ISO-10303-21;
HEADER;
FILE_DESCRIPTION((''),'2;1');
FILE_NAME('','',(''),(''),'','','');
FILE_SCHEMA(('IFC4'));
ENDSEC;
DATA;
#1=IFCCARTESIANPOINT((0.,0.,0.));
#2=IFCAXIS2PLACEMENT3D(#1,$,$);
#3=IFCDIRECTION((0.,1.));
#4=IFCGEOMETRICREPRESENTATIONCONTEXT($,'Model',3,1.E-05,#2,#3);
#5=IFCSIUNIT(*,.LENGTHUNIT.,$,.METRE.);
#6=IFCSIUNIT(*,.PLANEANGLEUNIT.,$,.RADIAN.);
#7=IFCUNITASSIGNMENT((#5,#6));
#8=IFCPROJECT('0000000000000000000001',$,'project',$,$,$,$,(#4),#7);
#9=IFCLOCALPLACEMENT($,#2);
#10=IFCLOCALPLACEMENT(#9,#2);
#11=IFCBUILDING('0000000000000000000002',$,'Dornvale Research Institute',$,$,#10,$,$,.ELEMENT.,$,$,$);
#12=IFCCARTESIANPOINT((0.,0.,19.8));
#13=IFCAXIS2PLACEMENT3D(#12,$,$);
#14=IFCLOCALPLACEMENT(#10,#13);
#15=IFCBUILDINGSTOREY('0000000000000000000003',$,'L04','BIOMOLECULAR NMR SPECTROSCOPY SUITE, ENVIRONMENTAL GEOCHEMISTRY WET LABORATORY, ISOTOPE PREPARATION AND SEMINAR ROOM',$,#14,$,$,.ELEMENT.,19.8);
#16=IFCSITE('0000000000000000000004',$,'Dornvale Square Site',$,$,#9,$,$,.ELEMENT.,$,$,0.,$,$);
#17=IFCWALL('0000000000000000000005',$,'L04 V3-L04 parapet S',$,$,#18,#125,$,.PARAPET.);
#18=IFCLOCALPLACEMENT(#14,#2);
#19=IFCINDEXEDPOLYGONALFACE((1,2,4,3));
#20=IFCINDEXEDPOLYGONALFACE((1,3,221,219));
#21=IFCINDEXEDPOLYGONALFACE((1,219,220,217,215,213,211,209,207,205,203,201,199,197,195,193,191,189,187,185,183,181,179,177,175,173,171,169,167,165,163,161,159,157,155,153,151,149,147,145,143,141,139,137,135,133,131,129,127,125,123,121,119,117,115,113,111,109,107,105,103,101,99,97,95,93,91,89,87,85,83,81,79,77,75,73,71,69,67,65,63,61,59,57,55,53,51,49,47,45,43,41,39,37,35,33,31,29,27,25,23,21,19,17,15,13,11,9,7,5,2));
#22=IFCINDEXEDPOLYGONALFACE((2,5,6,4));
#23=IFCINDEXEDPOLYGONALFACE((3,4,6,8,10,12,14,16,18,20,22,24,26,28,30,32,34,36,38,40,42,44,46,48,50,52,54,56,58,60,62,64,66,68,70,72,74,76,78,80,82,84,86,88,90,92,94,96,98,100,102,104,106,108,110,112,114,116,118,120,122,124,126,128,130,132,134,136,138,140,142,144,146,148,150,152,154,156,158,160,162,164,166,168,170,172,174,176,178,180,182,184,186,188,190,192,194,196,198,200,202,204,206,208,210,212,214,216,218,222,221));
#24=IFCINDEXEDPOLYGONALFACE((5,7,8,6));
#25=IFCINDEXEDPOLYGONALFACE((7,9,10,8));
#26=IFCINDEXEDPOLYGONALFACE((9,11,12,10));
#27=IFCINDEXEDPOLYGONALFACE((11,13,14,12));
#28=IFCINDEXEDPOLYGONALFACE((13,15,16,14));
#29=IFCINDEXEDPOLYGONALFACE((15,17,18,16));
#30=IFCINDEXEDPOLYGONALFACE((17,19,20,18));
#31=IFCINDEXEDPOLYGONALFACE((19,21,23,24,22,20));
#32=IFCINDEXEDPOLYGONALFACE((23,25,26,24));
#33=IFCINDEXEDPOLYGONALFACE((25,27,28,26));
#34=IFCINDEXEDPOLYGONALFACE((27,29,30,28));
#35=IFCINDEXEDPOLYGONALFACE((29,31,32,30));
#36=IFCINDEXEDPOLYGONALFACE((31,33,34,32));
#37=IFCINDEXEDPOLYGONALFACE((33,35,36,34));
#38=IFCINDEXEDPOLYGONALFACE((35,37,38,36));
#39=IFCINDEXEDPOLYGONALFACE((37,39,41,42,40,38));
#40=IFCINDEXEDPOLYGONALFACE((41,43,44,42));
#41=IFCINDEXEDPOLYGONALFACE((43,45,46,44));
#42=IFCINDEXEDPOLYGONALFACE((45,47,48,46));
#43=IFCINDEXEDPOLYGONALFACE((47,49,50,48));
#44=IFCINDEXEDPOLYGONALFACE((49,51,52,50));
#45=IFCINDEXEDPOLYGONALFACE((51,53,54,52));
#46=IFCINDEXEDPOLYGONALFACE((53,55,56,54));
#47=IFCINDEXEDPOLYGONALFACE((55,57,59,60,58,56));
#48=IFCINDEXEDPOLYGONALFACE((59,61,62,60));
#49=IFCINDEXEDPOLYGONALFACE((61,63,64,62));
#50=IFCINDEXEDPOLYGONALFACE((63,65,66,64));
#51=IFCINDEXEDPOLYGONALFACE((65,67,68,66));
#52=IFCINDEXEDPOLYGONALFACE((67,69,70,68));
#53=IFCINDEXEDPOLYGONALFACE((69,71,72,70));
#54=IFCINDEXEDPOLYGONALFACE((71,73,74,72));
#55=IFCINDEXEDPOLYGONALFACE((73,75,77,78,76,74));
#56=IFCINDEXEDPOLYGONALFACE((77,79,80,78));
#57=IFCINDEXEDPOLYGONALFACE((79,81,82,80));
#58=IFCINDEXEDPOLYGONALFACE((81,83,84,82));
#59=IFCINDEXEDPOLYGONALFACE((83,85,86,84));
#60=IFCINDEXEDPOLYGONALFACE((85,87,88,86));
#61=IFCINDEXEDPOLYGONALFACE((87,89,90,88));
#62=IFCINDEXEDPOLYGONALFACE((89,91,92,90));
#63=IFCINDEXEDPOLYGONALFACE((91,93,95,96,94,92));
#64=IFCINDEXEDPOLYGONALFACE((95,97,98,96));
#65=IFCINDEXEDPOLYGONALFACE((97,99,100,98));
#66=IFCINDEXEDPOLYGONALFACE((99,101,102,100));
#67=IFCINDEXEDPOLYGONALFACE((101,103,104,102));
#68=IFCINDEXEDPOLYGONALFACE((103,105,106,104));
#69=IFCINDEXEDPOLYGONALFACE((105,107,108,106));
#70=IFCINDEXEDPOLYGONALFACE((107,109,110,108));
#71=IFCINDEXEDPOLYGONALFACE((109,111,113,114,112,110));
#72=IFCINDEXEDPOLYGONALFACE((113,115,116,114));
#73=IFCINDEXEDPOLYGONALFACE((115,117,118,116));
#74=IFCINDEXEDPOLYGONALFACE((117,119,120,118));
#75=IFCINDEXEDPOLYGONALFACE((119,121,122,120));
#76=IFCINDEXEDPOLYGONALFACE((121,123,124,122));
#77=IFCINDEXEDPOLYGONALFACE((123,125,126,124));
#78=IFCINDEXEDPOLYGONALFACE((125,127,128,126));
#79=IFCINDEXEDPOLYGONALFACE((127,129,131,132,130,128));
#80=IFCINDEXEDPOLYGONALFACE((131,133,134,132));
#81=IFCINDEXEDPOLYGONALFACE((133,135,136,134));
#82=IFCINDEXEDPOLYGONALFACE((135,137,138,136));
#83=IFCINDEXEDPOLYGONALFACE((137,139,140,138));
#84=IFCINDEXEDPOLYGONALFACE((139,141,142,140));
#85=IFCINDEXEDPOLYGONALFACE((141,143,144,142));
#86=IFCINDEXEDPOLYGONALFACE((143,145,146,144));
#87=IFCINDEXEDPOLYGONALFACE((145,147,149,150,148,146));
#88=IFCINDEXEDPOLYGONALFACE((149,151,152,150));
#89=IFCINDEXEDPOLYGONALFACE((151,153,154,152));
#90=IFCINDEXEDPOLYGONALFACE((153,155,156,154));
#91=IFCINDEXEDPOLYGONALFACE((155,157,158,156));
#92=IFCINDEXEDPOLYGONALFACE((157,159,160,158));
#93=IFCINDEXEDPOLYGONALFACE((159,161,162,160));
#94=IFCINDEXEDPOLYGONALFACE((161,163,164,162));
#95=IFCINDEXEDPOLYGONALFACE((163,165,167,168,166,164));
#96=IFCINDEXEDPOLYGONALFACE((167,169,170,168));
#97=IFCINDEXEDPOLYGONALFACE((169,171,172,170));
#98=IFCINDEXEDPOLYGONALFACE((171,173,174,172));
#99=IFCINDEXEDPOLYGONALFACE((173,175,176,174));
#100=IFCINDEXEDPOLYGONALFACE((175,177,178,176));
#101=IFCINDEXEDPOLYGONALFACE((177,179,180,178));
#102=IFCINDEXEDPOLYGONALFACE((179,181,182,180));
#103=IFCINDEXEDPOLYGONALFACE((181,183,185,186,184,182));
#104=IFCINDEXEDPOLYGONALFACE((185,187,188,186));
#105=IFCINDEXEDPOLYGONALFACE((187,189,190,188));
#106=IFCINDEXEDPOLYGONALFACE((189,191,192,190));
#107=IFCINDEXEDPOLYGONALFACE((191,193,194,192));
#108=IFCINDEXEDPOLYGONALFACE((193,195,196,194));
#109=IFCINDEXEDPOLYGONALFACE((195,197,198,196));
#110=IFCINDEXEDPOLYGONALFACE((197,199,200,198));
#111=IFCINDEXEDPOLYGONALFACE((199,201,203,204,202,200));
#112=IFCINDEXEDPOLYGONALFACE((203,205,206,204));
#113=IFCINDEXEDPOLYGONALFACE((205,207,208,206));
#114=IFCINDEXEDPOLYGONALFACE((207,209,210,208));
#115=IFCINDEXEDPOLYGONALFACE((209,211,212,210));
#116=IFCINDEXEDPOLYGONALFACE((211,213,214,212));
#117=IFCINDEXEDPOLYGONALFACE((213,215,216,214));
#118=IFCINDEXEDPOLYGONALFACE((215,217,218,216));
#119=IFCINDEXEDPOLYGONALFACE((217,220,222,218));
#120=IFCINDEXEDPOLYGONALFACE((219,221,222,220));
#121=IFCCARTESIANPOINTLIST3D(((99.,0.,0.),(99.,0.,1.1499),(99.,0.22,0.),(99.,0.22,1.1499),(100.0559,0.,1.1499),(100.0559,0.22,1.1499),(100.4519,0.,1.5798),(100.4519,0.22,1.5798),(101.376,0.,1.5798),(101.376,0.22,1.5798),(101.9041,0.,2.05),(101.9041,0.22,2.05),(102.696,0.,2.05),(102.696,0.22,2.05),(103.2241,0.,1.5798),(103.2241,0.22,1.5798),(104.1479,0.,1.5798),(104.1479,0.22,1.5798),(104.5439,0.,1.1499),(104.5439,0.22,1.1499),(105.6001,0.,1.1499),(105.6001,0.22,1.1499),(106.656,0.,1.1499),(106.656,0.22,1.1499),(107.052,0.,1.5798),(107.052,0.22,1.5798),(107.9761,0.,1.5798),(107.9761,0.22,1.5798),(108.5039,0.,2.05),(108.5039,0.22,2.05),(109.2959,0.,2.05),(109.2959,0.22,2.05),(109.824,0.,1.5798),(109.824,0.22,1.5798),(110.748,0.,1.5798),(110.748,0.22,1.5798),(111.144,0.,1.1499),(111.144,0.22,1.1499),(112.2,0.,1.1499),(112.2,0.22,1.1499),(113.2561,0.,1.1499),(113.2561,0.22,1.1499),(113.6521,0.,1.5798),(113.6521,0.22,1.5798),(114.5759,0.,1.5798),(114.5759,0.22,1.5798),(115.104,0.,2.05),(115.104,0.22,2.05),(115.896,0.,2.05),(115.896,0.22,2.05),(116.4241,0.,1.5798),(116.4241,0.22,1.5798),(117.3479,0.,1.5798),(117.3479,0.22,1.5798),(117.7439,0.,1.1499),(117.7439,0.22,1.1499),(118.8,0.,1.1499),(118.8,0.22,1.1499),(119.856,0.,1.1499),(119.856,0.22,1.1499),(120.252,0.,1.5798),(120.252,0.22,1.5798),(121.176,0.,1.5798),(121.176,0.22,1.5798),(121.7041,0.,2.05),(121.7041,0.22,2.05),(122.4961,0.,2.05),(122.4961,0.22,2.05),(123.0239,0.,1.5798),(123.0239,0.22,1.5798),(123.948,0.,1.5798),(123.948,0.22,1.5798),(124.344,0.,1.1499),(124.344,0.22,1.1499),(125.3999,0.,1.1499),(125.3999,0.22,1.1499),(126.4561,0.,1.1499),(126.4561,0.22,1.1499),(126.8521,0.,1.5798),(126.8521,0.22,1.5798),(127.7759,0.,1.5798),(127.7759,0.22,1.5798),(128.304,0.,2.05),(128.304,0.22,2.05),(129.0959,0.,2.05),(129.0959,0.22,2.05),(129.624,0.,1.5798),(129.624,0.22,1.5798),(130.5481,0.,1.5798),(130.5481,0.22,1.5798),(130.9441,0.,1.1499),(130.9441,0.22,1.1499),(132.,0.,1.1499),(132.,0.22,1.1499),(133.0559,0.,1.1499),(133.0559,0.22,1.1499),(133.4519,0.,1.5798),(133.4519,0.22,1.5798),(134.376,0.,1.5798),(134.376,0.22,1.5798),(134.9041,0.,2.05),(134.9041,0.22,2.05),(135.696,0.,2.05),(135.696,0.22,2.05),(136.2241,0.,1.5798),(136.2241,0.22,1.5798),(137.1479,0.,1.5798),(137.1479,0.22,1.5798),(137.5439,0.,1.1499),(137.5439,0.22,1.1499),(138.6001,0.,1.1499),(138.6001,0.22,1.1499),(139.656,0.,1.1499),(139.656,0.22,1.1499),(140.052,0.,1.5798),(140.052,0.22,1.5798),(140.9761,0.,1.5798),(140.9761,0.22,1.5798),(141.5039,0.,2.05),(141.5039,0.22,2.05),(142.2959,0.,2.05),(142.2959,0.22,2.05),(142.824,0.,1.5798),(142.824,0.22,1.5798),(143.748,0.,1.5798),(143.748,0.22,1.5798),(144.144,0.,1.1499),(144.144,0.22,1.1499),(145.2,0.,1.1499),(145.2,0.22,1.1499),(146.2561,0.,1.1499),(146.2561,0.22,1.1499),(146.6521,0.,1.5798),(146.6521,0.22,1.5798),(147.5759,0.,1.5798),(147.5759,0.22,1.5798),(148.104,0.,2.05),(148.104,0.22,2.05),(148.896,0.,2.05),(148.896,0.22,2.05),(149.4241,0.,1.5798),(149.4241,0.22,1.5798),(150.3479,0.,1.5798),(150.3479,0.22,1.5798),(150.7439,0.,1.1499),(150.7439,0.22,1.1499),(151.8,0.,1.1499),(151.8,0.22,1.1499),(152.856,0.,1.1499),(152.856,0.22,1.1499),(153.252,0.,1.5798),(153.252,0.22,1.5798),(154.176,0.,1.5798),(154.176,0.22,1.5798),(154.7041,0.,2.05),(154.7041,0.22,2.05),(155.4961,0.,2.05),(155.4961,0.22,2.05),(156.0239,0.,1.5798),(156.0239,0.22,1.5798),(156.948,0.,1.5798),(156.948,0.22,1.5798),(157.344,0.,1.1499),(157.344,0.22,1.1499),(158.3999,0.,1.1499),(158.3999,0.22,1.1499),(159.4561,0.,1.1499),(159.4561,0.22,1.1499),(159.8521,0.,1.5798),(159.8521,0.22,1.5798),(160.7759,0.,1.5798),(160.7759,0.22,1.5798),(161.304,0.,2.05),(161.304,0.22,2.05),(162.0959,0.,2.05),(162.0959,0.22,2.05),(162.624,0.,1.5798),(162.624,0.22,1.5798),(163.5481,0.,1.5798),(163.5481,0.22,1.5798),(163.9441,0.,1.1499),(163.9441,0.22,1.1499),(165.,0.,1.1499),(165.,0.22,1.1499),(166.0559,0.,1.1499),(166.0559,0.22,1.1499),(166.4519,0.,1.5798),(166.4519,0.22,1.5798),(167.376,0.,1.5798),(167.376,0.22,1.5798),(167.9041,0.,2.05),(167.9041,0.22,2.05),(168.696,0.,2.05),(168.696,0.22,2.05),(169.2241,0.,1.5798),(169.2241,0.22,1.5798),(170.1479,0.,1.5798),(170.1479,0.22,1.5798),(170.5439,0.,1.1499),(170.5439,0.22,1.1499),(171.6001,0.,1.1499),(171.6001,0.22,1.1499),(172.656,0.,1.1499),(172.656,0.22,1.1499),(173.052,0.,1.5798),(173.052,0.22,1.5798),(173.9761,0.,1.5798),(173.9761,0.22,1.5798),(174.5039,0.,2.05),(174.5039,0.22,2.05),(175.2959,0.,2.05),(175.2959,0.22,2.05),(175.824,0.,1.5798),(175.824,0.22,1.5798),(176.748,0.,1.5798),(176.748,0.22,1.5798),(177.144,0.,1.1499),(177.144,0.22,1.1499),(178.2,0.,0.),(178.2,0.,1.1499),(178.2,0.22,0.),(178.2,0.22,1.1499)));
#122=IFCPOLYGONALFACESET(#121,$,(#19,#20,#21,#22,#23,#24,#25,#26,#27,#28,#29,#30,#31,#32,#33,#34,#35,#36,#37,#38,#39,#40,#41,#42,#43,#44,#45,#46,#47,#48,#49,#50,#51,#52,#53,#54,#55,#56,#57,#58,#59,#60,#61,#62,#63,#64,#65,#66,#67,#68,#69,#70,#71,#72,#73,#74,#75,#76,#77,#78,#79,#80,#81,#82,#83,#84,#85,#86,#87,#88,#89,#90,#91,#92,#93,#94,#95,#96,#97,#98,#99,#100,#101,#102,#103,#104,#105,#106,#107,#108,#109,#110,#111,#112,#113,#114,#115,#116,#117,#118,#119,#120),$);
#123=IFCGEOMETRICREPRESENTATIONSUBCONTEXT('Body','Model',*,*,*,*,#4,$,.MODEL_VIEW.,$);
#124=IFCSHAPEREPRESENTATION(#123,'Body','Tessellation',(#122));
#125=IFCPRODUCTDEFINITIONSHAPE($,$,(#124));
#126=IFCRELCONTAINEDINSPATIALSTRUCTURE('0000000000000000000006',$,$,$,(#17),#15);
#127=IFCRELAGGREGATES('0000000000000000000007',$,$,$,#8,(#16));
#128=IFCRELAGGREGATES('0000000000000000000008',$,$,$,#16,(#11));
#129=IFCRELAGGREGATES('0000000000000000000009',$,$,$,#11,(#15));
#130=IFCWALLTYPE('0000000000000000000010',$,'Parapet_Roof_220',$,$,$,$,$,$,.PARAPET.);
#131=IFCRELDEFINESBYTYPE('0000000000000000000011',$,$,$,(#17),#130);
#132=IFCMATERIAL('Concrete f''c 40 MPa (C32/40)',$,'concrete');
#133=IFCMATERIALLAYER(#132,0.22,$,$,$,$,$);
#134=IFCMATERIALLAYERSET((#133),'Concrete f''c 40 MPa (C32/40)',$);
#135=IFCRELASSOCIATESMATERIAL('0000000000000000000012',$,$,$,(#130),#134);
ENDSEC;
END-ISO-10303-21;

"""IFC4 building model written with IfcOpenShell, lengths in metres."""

from ifc_helpers import new_model, si_unit, direction, frame, origin, place, context, subcontext, project, spatial, polyline, outline, extrude, material, layer, layer_set, type_object, element, save


model = new_model("IFC4")

# Units and contexts
model_context = context("Model", 3, precision=1e-05, world=origin(), true_north=direction((0.0, 1.0)))
body_context = subcontext(model_context, "Body", "Model", "MODEL_VIEW")
ifc_project = project(units=[si_unit("LENGTHUNIT", "METRE"), si_unit("PLANEANGLEUNIT", "RADIAN")], contexts=[model_context])

# Site, building, storey
site_placement = place(None, origin())
site = spatial("IfcSite", under=ifc_project, at=site_placement, Name="Dornvale Square Site", CompositionType="ELEMENT", RefElevation=0.0)
building_placement = place(site_placement, origin())
building = spatial("IfcBuilding", under=site, at=building_placement, Name="Dornvale Research Institute", CompositionType="ELEMENT")
storey_placement = place(building_placement, frame((0.0, 0.0, 19.8)))
storey = spatial("IfcBuildingStorey", under=building, at=storey_placement, Name="L04", Description="BIOMOLECULAR NMR SPECTROSCOPY SUITE, ENVIRONMENTAL GEOCHEMISTRY WET LABORATORY, ISOTOPE PREPARATION AND SEMINAR ROOM", CompositionType="ELEMENT", Elevation=19.8)

# Wall
ifc_material_1 = material(Name="Concrete f'c 40 MPa (C32/40)", Category="concrete")
ifc_layer_1 = layer(ifc_material_1, 0.22)
ifc_layer_set_1 = layer_set([ifc_layer_1], Name="Concrete f'c 40 MPa (C32/40)")
wall_type_1 = type_object("IfcWallType", Name="Parapet_Roof_220", PredefinedType="PARAPET", material=ifc_layer_set_1)
wall_1_placement = place(storey_placement, frame((99.0, 0.1101, 0.0), z_axis=(0.0, 0.0, 1.0), x_axis=(1.0, 0.0, 0.0)))
element("IfcWall", 1, at=wall_1_placement, inside=storey, type_object=wall_type_1, Name="L04 V3-L04 parapet S", PredefinedType="PARAPET", context=body_context, shape_type="SweptSolid", body=[
    extrude(outline(polyline([(0.0, 0.0), (79.2, 0.0), (79.2, 1.1499), (78.144, 1.1499), (77.748, 1.5798), (76.824, 1.5798), (76.2959, 2.05), (75.5039, 2.05), (74.9761, 1.5798), (74.052, 1.5798), (73.656, 1.1499), (72.6001, 1.1499), (71.5439, 1.1499), (71.1479, 1.5798), (70.2241, 1.5798), (69.696, 2.05), (68.9041, 2.05), (68.376, 1.5798), (67.4519, 1.5798), (67.0559, 1.1499), (66.0, 1.1499), (64.9441, 1.1499), (64.5481, 1.5798), (63.624, 1.5798), (63.0959, 2.05), (62.304, 2.05), (61.7759, 1.5798), (60.8521, 1.5798), (60.4561, 1.1499), (59.3999, 1.1499), (58.344, 1.1499), (57.948, 1.5798), (57.0239, 1.5798), (56.4961, 2.05), (55.7041, 2.05), (55.176, 1.5798), (54.252, 1.5798), (53.856, 1.1499), (52.8, 1.1499), (51.7439, 1.1499), (51.3479, 1.5798), (50.4241, 1.5798), (49.896, 2.05), (49.104, 2.05), (48.5759, 1.5798), (47.6521, 1.5798), (47.2561, 1.1499), (46.2, 1.1499), (45.144, 1.1499), (44.748, 1.5798), (43.824, 1.5798), (43.2959, 2.05), (42.5039, 2.05), (41.9761, 1.5798), (41.052, 1.5798), (40.656, 1.1499), (39.6001, 1.1499), (38.5439, 1.1499), (38.1479, 1.5798), (37.2241, 1.5798), (36.696, 2.05), (35.9041, 2.05), (35.376, 1.5798), (34.4519, 1.5798), (34.0559, 1.1499), (33.0, 1.1499), (31.9441, 1.1499), (31.5481, 1.5798), (30.624, 1.5798), (30.0959, 2.05), (29.304, 2.05), (28.7759, 1.5798), (27.8521, 1.5798), (27.4561, 1.1499), (26.3999, 1.1499), (25.344, 1.1499), (24.948, 1.5798), (24.0239, 1.5798), (23.4961, 2.05), (22.7041, 2.05), (22.176, 1.5798), (21.252, 1.5798), (20.856, 1.1499), (19.8, 1.1499), (18.7439, 1.1499), (18.3479, 1.5798), (17.4241, 1.5798), (16.896, 2.05), (16.104, 2.05), (15.5759, 1.5798), (14.6521, 1.5798), (14.2561, 1.1499), (13.2, 1.1499), (12.144, 1.1499), (11.748, 1.5798), (10.824, 1.5798), (10.2959, 2.05), (9.5039, 2.05), (8.9761, 1.5798), (8.052, 1.5798), (7.656, 1.1499), (6.6001, 1.1499), (5.5439, 1.1499), (5.1479, 1.5798), (4.2241, 1.5798), (3.696, 2.05), (2.9041, 2.05), (2.376, 1.5798), (1.4519, 1.5798), (1.0559, 1.1499), (0.0, 1.1499), (0.0, 0.0)])), frame((0.0, 0.1099, 0.0), z_axis=(0.0, -1.0, 0.0), x_axis=(1.0, 0.0, 0.0)), (0.0, 0.0, 1.0), 0.22),
])

save(model, "model.ifc")
